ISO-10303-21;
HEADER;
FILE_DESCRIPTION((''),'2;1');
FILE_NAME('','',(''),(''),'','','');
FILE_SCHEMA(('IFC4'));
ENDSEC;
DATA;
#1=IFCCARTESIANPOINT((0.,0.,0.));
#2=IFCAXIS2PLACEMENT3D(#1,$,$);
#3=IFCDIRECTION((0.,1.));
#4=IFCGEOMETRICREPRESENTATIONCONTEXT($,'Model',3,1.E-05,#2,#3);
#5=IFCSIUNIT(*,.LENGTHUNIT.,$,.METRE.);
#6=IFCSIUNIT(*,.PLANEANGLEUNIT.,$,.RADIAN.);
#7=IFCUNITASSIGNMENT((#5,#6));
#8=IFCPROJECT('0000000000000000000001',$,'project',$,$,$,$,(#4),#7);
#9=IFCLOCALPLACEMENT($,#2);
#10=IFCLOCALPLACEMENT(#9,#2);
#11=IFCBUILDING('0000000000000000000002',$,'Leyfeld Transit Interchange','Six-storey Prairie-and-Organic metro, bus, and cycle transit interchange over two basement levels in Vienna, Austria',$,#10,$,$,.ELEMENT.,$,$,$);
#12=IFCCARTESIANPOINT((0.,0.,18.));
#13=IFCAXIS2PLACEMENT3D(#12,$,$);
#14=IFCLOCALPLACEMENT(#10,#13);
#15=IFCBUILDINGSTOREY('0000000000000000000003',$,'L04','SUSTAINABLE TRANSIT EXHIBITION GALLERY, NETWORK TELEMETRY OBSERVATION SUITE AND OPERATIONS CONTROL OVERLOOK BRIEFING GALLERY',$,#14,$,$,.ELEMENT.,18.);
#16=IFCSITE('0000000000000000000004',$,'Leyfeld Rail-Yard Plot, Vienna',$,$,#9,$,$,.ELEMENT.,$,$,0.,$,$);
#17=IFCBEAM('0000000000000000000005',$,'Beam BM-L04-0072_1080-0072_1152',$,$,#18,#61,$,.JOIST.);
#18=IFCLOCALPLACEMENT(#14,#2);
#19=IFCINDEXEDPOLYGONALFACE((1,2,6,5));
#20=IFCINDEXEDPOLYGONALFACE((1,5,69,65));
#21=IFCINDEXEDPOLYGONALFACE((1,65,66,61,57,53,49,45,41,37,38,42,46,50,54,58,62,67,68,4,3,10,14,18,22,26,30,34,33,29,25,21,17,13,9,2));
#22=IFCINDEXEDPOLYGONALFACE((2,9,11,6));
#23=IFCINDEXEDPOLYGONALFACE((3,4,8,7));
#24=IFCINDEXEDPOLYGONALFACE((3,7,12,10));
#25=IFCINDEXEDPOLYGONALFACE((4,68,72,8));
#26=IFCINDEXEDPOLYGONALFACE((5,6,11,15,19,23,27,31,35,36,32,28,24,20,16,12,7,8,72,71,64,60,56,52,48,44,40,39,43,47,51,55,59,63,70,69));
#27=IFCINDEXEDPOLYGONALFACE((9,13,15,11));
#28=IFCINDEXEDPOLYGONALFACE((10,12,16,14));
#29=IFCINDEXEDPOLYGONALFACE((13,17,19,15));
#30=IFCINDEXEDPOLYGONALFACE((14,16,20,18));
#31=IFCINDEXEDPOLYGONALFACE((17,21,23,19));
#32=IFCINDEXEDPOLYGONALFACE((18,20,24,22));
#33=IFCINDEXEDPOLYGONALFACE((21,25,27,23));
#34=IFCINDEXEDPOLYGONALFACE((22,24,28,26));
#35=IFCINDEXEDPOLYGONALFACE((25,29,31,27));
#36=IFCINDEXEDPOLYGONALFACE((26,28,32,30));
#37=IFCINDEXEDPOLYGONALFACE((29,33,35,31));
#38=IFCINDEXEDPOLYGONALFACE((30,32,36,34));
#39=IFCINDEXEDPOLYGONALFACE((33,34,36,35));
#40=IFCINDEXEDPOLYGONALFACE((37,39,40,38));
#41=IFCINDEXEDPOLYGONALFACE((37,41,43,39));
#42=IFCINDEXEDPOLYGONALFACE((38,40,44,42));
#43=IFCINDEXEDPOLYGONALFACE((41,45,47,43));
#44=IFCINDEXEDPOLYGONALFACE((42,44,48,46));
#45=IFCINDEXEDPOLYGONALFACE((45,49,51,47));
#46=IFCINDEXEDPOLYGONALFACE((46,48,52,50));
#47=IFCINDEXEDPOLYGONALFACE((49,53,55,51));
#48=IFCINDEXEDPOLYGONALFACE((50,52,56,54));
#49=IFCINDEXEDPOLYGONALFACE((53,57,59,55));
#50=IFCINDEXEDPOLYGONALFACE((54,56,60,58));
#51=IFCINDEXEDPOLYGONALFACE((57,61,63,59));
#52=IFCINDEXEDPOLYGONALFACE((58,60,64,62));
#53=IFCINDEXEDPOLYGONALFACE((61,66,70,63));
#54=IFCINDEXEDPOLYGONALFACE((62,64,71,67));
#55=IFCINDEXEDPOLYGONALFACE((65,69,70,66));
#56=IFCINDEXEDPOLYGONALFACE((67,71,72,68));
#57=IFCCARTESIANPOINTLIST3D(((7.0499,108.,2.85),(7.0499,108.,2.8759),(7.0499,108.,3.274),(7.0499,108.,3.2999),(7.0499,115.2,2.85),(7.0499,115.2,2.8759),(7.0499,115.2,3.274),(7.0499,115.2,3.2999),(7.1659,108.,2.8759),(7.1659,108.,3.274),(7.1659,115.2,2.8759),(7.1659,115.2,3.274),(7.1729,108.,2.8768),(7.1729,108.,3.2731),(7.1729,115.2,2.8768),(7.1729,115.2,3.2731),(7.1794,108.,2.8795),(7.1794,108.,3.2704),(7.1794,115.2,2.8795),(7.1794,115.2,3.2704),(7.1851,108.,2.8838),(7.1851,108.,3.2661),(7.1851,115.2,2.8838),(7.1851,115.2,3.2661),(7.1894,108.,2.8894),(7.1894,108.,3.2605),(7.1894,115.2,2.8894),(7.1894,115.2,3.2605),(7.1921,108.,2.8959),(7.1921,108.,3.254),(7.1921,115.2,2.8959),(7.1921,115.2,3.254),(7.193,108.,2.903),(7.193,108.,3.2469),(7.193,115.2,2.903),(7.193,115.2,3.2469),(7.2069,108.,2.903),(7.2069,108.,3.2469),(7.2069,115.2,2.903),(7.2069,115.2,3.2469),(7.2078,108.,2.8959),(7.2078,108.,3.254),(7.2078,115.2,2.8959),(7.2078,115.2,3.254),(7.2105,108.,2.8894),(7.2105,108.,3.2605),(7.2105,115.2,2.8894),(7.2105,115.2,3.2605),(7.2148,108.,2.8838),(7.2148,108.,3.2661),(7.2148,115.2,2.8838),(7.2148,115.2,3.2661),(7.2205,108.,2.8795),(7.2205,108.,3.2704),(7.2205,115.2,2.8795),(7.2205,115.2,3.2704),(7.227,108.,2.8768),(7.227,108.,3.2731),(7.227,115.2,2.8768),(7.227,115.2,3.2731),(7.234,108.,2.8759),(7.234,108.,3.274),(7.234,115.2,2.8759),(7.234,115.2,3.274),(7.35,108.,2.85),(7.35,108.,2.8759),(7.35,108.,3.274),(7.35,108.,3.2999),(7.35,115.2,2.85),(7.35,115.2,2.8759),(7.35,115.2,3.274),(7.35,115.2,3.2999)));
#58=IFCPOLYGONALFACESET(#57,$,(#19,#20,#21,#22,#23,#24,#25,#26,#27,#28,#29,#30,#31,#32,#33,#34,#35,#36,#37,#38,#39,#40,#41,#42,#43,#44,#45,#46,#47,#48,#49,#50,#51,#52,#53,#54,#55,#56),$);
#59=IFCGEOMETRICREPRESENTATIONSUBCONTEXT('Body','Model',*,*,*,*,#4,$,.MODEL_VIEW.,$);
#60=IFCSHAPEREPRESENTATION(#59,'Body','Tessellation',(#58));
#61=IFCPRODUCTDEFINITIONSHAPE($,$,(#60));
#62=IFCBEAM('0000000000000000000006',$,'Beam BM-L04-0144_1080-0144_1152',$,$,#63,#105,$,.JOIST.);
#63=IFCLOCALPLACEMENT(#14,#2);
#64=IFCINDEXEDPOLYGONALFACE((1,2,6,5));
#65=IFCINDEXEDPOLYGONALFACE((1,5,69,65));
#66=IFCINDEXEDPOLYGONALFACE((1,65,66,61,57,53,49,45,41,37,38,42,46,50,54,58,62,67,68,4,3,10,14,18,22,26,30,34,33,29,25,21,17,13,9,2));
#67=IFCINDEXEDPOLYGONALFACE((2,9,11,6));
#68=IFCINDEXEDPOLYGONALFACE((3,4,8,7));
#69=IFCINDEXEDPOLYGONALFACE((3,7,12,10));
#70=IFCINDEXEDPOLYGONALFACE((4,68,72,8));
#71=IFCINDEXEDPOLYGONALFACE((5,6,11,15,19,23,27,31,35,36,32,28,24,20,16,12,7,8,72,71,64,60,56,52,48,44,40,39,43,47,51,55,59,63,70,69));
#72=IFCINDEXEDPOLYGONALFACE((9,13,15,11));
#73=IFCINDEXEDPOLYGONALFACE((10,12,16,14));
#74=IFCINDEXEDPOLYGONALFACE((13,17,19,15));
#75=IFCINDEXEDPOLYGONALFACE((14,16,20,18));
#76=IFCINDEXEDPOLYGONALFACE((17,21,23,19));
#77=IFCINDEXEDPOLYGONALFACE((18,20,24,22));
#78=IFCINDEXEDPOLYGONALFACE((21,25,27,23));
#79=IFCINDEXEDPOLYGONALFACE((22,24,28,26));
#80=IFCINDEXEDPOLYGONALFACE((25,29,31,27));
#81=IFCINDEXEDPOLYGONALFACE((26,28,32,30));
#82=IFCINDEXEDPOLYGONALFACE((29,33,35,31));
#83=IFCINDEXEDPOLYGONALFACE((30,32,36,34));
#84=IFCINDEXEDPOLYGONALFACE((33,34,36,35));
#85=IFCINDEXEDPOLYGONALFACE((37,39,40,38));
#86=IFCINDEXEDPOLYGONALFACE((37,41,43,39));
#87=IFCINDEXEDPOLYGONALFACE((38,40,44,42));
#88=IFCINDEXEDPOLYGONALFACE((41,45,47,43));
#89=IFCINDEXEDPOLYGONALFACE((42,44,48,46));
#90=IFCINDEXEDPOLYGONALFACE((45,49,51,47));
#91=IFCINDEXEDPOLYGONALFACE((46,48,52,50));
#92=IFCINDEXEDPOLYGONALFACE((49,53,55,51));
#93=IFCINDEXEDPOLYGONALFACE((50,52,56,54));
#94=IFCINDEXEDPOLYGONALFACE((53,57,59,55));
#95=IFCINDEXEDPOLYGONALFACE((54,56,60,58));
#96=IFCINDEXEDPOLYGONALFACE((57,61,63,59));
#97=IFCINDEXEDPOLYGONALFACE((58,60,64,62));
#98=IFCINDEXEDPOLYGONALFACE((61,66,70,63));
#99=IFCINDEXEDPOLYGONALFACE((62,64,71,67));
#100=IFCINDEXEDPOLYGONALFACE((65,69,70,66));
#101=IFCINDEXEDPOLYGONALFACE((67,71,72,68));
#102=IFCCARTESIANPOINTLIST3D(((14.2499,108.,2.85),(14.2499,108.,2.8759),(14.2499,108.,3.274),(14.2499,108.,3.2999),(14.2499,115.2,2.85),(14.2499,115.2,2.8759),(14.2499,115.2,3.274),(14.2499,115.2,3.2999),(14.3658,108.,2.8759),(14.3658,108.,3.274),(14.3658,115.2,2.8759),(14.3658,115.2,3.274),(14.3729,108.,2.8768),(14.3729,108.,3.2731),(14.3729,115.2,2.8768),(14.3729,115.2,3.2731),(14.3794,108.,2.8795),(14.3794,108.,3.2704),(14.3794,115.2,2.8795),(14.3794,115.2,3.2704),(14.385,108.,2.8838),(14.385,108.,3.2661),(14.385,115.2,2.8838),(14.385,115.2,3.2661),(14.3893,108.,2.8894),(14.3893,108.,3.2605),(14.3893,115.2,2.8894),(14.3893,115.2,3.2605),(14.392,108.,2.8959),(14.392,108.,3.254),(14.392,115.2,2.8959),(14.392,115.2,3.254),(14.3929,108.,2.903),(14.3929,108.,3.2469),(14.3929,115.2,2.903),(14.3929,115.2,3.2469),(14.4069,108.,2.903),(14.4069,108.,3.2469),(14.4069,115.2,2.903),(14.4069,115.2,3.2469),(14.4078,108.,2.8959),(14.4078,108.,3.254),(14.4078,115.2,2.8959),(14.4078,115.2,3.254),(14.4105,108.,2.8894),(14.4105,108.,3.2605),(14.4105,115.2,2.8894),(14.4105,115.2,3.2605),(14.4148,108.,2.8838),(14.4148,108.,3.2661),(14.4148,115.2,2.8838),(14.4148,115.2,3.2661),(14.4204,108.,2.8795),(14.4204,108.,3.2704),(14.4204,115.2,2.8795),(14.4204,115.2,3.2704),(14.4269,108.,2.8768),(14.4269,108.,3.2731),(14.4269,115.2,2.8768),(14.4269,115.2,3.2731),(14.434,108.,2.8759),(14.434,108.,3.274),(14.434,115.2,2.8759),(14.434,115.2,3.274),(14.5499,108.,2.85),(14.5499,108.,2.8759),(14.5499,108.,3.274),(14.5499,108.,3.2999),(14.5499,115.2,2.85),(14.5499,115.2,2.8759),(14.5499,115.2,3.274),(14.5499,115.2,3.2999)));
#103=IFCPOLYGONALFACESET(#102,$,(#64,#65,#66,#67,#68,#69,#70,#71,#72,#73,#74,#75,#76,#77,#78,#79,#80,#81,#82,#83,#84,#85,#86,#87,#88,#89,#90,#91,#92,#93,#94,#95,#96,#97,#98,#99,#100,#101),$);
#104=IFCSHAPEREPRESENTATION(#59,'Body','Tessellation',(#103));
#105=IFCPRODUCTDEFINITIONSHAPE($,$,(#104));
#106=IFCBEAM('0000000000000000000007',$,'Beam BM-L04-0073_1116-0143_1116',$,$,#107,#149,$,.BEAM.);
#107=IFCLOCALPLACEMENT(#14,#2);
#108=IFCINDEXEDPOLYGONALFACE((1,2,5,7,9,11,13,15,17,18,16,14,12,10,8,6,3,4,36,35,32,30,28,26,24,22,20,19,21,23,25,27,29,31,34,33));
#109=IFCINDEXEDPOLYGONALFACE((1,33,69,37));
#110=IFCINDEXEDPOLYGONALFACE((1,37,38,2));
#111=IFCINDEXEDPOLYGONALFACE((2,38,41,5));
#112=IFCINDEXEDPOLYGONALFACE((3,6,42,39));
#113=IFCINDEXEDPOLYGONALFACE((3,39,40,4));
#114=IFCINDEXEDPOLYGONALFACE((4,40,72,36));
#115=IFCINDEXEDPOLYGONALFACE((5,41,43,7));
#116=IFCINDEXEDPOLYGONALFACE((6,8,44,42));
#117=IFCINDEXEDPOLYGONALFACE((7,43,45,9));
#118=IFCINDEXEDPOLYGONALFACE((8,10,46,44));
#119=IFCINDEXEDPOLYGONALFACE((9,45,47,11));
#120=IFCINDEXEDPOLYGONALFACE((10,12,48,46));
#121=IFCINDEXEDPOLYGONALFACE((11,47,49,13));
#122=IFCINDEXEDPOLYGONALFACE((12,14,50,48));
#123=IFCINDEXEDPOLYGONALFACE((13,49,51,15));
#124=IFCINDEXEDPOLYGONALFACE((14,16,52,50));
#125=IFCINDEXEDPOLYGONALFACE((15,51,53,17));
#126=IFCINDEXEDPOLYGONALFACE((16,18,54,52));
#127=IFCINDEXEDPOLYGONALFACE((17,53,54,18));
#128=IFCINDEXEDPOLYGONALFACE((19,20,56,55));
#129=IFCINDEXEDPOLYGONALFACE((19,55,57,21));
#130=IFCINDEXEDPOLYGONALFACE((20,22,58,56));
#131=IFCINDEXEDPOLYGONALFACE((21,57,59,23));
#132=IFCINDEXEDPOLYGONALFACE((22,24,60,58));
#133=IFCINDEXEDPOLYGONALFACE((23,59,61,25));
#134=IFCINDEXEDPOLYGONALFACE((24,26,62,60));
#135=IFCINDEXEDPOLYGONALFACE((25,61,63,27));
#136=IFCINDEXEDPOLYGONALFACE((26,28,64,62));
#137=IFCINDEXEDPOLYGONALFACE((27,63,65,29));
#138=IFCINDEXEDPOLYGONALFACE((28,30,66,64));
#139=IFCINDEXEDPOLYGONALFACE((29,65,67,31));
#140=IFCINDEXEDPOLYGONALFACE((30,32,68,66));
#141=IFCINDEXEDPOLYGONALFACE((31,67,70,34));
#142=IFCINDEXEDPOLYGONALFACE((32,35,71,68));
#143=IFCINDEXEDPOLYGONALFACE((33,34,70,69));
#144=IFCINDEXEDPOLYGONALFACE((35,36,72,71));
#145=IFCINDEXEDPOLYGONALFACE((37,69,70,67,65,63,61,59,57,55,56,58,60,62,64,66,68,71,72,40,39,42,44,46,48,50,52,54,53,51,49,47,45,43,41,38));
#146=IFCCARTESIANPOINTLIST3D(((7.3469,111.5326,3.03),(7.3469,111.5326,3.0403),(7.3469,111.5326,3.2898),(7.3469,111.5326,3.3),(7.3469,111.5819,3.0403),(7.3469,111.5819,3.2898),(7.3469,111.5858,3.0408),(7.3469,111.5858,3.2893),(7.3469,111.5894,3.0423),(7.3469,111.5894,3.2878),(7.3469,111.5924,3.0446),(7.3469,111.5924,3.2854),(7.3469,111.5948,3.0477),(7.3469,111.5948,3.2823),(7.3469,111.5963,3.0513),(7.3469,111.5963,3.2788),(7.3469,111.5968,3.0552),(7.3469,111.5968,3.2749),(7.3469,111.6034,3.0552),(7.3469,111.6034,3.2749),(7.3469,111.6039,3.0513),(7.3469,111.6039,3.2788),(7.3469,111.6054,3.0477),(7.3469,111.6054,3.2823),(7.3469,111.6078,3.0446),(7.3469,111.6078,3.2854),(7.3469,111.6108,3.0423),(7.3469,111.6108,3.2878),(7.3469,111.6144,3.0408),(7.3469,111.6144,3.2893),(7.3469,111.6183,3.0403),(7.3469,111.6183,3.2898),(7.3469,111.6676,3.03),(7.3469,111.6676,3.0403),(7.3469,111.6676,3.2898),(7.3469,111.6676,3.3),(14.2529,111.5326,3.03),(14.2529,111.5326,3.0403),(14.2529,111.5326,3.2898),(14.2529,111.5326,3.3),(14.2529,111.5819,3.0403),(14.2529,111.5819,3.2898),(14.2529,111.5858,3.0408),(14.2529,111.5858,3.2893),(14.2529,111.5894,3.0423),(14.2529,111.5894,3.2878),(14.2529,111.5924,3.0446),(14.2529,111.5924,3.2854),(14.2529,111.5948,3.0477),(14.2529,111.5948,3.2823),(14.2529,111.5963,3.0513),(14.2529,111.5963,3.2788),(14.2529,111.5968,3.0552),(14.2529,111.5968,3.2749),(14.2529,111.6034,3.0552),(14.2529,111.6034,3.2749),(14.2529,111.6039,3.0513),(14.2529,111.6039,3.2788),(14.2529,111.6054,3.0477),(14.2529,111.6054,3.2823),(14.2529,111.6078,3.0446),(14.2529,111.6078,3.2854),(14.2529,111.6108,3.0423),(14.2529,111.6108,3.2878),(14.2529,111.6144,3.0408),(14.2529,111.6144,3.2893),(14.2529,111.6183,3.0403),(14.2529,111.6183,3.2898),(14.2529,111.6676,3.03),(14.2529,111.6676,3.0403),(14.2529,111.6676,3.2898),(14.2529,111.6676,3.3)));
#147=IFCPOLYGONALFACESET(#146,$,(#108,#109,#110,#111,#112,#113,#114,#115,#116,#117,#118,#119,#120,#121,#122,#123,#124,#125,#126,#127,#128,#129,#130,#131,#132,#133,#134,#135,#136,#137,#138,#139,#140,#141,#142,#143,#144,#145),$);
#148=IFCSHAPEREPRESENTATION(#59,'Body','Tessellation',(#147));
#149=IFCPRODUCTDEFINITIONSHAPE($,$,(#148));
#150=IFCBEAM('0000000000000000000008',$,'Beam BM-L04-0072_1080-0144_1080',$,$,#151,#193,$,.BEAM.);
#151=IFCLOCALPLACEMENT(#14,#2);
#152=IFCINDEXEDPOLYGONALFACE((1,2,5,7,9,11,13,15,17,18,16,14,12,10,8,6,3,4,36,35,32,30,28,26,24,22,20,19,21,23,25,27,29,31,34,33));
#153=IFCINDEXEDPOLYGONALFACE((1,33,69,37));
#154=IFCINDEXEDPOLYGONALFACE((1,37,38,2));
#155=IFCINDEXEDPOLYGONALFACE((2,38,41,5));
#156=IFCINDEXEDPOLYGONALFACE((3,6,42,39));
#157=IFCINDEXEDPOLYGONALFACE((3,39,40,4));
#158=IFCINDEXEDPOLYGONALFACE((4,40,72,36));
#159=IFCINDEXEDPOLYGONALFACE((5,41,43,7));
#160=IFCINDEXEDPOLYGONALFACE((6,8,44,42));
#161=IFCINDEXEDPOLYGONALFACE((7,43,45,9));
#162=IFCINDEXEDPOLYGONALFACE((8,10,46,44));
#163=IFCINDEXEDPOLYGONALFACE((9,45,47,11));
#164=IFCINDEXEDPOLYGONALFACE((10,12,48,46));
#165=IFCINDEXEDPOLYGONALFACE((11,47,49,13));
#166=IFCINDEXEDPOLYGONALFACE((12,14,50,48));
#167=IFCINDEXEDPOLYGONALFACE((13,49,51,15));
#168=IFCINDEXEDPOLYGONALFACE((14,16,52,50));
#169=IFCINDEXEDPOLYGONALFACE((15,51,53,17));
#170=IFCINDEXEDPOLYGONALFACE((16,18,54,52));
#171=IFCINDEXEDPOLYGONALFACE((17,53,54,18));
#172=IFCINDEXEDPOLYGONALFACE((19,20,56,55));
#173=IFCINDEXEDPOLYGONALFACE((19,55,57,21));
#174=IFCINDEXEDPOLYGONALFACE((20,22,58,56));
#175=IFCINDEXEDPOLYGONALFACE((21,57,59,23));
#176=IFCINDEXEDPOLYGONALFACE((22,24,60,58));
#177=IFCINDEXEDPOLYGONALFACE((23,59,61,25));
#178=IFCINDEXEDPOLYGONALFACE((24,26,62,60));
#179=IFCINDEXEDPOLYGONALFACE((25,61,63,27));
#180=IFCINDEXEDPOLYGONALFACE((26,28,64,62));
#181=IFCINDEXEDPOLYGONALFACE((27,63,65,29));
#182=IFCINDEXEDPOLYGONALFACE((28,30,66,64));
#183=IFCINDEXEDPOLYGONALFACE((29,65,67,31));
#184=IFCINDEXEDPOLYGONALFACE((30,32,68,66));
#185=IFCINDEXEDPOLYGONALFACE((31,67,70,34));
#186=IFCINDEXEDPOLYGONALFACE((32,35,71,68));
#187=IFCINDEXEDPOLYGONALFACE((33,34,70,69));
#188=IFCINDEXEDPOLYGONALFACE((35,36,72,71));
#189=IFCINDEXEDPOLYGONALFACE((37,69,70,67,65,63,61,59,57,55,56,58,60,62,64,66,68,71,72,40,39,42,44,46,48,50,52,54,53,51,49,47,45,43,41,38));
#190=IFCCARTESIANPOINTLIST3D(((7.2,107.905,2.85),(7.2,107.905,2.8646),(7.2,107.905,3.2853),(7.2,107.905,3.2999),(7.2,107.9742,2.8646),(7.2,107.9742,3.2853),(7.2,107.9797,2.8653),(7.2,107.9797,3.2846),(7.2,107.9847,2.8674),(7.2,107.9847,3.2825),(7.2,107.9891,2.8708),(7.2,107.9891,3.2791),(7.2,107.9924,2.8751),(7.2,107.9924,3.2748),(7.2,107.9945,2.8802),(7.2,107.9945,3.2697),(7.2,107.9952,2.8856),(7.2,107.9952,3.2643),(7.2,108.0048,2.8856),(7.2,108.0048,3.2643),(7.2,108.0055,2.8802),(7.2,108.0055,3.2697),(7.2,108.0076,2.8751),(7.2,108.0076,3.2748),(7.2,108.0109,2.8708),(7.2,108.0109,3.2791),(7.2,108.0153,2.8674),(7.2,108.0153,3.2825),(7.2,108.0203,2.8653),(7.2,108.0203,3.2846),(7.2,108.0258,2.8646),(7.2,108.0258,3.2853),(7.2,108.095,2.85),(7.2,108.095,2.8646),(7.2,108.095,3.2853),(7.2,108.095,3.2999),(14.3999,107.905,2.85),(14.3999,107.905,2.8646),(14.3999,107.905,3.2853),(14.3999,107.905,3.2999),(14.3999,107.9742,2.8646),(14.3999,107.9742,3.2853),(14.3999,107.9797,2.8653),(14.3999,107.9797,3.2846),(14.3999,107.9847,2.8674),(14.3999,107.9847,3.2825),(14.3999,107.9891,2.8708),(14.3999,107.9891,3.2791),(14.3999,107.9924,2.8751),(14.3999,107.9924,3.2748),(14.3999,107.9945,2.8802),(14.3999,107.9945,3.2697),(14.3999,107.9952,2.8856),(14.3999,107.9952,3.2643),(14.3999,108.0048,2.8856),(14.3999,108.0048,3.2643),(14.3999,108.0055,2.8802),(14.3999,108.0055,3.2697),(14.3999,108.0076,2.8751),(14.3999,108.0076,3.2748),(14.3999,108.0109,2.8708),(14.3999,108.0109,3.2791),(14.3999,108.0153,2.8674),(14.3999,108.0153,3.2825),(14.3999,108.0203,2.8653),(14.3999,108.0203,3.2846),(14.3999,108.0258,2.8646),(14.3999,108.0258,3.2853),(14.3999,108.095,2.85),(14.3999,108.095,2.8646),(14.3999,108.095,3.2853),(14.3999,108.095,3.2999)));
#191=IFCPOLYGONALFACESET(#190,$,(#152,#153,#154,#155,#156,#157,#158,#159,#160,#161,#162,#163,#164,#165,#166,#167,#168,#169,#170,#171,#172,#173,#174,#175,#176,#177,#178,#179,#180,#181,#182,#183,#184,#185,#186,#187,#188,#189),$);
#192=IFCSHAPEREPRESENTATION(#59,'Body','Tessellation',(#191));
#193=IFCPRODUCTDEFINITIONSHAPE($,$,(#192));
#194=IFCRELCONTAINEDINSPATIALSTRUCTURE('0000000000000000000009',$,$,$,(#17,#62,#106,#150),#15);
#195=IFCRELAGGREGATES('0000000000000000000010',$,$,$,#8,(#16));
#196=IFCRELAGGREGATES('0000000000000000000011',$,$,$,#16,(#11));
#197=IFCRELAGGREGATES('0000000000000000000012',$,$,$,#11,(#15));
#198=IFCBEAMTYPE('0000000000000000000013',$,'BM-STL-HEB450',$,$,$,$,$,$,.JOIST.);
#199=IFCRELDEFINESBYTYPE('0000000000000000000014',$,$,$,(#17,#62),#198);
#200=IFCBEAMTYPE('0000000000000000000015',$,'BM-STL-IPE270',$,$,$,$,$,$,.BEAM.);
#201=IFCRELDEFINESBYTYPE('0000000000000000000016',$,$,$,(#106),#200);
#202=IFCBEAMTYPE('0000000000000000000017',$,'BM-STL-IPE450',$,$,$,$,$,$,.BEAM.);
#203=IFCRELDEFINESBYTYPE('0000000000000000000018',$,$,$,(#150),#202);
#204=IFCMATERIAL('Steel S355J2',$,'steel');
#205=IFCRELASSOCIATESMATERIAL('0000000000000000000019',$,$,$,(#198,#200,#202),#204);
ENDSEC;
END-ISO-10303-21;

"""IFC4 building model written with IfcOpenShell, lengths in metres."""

from ifc_helpers import new_model, si_unit, direction, frame, origin, origin_2d, place, context, subcontext, project, spatial, i_section, extrude, material, material_profile, profile_set, type_object, element, save


model = new_model("IFC4")

# Units and contexts
model_context = context("Model", 3, precision=1e-05, world=origin(), true_north=direction((0.0, 1.0)))
body_context = subcontext(model_context, "Body", "Model", "MODEL_VIEW")
ifc_project = project(units=[si_unit("LENGTHUNIT", "METRE"), si_unit("PLANEANGLEUNIT", "RADIAN")], contexts=[model_context])

# Site, building, storey
site_placement = place(None, origin())
site = spatial("IfcSite", under=ifc_project, at=site_placement, Name="Leyfeld Rail-Yard Plot, Vienna", CompositionType="ELEMENT", RefElevation=0.0)
building_placement = place(site_placement, origin())
building = spatial("IfcBuilding", under=site, at=building_placement, Name="Leyfeld Transit Interchange", Description="Six-storey Prairie-and-Organic metro, bus, and cycle transit interchange over two basement levels in Vienna, Austria", CompositionType="ELEMENT")
storey_placement = place(building_placement, frame((0.0, 0.0, 18.0)))
storey = spatial("IfcBuildingStorey", under=building, at=storey_placement, Name="L04", Description="SUSTAINABLE TRANSIT EXHIBITION GALLERY, NETWORK TELEMETRY OBSERVATION SUITE AND OPERATIONS CONTROL OVERLOOK BRIEFING GALLERY", CompositionType="ELEMENT", Elevation=18.0)

# Shared definitions
ifc_material_1 = material(Name="Steel S355J2", Category="steel")

# Beams
ifc_material_profile_1 = material_profile(ifc_material_1, i_section(OverallWidth=0.3, OverallDepth=0.45, WebThickness=0.0139, FlangeThickness=0.0259, FilletRadius=0.0271, at=origin_2d()), Name="HEB 450")
ifc_profile_set_1 = profile_set([ifc_material_profile_1], Name="Steel S355J2")
beam_type_1 = type_object("IfcBeamType", Name="BM-STL-HEB450", PredefinedType="JOIST", material=ifc_profile_set_1)
for number, where, z_axis, x_axis, name in (
    (1, (7.2, 108.0, 3.075), (0.0, 1.0, 0.0), (-1.0, 0.0, 0.0), "Beam BM-L04-0072_1080-0072_1152"),
    (2, (14.3999, 108.0, 3.075), (0.0, 1.0, 0.0), (-1.0, 0.0, 0.0), "Beam BM-L04-0144_1080-0144_1152"),
):
    element("IfcBeam", number, at=place(storey_placement, frame(where, z_axis=z_axis, x_axis=x_axis)), inside=storey, type_object=beam_type_1, Name=name, PredefinedType="JOIST", context=body_context, shape_type="SweptSolid", body=[
        extrude(i_section(OverallWidth=0.3, OverallDepth=0.45, WebThickness=0.0139, FlangeThickness=0.0259, FilletRadius=0.0271, at=origin_2d()), origin(), (0.0, 0.0, 1.0), 7.2),
    ])
ifc_material_profile_2 = material_profile(ifc_material_1, i_section(OverallWidth=0.135, OverallDepth=0.27, WebThickness=0.0066, FlangeThickness=0.0103, FilletRadius=0.0149, at=origin_2d()), Name="IPE 270")
ifc_profile_set_2 = profile_set([ifc_material_profile_2], Name="Steel S355J2")
beam_type_2 = type_object("IfcBeamType", Name="BM-STL-IPE270", PredefinedType="BEAM", material=ifc_profile_set_2)
beam_1_placement = place(storey_placement, frame((7.3469, 111.6001, 3.165), z_axis=(1.0, 0.0, 0.0), x_axis=(0.0, 1.0, 0.0)))
element("IfcBeam", 3, at=beam_1_placement, inside=storey, type_object=beam_type_2, Name="Beam BM-L04-0073_1116-0143_1116", PredefinedType="BEAM", context=body_context, shape_type="SweptSolid", body=[
    extrude(i_section(OverallWidth=0.135, OverallDepth=0.27, WebThickness=0.0066, FlangeThickness=0.0103, FilletRadius=0.0149, at=origin_2d()), origin(), (0.0, 0.0, 1.0), 6.906),
])
ifc_material_profile_3 = material_profile(ifc_material_1, i_section(OverallWidth=0.1899, OverallDepth=0.45, WebThickness=0.0095, FlangeThickness=0.0146, FilletRadius=0.021, at=origin_2d()), Name="IPE 450")
ifc_profile_set_3 = profile_set([ifc_material_profile_3], Name="Steel S355J2")
beam_type_3 = type_object("IfcBeamType", Name="BM-STL-IPE450", PredefinedType="BEAM", material=ifc_profile_set_3)
beam_2_placement = place(storey_placement, frame((7.2, 108.0, 3.075), z_axis=(1.0, 0.0, 0.0), x_axis=(0.0, 1.0, 0.0)))
element("IfcBeam", 4, at=beam_2_placement, inside=storey, type_object=beam_type_3, Name="Beam BM-L04-0072_1080-0144_1080", PredefinedType="BEAM", context=body_context, shape_type="SweptSolid", body=[
    extrude(i_section(OverallWidth=0.1899, OverallDepth=0.45, WebThickness=0.0095, FlangeThickness=0.0146, FilletRadius=0.021, at=origin_2d()), origin(), (0.0, 0.0, 1.0), 7.2),
])

save(model, "model.ifc")
